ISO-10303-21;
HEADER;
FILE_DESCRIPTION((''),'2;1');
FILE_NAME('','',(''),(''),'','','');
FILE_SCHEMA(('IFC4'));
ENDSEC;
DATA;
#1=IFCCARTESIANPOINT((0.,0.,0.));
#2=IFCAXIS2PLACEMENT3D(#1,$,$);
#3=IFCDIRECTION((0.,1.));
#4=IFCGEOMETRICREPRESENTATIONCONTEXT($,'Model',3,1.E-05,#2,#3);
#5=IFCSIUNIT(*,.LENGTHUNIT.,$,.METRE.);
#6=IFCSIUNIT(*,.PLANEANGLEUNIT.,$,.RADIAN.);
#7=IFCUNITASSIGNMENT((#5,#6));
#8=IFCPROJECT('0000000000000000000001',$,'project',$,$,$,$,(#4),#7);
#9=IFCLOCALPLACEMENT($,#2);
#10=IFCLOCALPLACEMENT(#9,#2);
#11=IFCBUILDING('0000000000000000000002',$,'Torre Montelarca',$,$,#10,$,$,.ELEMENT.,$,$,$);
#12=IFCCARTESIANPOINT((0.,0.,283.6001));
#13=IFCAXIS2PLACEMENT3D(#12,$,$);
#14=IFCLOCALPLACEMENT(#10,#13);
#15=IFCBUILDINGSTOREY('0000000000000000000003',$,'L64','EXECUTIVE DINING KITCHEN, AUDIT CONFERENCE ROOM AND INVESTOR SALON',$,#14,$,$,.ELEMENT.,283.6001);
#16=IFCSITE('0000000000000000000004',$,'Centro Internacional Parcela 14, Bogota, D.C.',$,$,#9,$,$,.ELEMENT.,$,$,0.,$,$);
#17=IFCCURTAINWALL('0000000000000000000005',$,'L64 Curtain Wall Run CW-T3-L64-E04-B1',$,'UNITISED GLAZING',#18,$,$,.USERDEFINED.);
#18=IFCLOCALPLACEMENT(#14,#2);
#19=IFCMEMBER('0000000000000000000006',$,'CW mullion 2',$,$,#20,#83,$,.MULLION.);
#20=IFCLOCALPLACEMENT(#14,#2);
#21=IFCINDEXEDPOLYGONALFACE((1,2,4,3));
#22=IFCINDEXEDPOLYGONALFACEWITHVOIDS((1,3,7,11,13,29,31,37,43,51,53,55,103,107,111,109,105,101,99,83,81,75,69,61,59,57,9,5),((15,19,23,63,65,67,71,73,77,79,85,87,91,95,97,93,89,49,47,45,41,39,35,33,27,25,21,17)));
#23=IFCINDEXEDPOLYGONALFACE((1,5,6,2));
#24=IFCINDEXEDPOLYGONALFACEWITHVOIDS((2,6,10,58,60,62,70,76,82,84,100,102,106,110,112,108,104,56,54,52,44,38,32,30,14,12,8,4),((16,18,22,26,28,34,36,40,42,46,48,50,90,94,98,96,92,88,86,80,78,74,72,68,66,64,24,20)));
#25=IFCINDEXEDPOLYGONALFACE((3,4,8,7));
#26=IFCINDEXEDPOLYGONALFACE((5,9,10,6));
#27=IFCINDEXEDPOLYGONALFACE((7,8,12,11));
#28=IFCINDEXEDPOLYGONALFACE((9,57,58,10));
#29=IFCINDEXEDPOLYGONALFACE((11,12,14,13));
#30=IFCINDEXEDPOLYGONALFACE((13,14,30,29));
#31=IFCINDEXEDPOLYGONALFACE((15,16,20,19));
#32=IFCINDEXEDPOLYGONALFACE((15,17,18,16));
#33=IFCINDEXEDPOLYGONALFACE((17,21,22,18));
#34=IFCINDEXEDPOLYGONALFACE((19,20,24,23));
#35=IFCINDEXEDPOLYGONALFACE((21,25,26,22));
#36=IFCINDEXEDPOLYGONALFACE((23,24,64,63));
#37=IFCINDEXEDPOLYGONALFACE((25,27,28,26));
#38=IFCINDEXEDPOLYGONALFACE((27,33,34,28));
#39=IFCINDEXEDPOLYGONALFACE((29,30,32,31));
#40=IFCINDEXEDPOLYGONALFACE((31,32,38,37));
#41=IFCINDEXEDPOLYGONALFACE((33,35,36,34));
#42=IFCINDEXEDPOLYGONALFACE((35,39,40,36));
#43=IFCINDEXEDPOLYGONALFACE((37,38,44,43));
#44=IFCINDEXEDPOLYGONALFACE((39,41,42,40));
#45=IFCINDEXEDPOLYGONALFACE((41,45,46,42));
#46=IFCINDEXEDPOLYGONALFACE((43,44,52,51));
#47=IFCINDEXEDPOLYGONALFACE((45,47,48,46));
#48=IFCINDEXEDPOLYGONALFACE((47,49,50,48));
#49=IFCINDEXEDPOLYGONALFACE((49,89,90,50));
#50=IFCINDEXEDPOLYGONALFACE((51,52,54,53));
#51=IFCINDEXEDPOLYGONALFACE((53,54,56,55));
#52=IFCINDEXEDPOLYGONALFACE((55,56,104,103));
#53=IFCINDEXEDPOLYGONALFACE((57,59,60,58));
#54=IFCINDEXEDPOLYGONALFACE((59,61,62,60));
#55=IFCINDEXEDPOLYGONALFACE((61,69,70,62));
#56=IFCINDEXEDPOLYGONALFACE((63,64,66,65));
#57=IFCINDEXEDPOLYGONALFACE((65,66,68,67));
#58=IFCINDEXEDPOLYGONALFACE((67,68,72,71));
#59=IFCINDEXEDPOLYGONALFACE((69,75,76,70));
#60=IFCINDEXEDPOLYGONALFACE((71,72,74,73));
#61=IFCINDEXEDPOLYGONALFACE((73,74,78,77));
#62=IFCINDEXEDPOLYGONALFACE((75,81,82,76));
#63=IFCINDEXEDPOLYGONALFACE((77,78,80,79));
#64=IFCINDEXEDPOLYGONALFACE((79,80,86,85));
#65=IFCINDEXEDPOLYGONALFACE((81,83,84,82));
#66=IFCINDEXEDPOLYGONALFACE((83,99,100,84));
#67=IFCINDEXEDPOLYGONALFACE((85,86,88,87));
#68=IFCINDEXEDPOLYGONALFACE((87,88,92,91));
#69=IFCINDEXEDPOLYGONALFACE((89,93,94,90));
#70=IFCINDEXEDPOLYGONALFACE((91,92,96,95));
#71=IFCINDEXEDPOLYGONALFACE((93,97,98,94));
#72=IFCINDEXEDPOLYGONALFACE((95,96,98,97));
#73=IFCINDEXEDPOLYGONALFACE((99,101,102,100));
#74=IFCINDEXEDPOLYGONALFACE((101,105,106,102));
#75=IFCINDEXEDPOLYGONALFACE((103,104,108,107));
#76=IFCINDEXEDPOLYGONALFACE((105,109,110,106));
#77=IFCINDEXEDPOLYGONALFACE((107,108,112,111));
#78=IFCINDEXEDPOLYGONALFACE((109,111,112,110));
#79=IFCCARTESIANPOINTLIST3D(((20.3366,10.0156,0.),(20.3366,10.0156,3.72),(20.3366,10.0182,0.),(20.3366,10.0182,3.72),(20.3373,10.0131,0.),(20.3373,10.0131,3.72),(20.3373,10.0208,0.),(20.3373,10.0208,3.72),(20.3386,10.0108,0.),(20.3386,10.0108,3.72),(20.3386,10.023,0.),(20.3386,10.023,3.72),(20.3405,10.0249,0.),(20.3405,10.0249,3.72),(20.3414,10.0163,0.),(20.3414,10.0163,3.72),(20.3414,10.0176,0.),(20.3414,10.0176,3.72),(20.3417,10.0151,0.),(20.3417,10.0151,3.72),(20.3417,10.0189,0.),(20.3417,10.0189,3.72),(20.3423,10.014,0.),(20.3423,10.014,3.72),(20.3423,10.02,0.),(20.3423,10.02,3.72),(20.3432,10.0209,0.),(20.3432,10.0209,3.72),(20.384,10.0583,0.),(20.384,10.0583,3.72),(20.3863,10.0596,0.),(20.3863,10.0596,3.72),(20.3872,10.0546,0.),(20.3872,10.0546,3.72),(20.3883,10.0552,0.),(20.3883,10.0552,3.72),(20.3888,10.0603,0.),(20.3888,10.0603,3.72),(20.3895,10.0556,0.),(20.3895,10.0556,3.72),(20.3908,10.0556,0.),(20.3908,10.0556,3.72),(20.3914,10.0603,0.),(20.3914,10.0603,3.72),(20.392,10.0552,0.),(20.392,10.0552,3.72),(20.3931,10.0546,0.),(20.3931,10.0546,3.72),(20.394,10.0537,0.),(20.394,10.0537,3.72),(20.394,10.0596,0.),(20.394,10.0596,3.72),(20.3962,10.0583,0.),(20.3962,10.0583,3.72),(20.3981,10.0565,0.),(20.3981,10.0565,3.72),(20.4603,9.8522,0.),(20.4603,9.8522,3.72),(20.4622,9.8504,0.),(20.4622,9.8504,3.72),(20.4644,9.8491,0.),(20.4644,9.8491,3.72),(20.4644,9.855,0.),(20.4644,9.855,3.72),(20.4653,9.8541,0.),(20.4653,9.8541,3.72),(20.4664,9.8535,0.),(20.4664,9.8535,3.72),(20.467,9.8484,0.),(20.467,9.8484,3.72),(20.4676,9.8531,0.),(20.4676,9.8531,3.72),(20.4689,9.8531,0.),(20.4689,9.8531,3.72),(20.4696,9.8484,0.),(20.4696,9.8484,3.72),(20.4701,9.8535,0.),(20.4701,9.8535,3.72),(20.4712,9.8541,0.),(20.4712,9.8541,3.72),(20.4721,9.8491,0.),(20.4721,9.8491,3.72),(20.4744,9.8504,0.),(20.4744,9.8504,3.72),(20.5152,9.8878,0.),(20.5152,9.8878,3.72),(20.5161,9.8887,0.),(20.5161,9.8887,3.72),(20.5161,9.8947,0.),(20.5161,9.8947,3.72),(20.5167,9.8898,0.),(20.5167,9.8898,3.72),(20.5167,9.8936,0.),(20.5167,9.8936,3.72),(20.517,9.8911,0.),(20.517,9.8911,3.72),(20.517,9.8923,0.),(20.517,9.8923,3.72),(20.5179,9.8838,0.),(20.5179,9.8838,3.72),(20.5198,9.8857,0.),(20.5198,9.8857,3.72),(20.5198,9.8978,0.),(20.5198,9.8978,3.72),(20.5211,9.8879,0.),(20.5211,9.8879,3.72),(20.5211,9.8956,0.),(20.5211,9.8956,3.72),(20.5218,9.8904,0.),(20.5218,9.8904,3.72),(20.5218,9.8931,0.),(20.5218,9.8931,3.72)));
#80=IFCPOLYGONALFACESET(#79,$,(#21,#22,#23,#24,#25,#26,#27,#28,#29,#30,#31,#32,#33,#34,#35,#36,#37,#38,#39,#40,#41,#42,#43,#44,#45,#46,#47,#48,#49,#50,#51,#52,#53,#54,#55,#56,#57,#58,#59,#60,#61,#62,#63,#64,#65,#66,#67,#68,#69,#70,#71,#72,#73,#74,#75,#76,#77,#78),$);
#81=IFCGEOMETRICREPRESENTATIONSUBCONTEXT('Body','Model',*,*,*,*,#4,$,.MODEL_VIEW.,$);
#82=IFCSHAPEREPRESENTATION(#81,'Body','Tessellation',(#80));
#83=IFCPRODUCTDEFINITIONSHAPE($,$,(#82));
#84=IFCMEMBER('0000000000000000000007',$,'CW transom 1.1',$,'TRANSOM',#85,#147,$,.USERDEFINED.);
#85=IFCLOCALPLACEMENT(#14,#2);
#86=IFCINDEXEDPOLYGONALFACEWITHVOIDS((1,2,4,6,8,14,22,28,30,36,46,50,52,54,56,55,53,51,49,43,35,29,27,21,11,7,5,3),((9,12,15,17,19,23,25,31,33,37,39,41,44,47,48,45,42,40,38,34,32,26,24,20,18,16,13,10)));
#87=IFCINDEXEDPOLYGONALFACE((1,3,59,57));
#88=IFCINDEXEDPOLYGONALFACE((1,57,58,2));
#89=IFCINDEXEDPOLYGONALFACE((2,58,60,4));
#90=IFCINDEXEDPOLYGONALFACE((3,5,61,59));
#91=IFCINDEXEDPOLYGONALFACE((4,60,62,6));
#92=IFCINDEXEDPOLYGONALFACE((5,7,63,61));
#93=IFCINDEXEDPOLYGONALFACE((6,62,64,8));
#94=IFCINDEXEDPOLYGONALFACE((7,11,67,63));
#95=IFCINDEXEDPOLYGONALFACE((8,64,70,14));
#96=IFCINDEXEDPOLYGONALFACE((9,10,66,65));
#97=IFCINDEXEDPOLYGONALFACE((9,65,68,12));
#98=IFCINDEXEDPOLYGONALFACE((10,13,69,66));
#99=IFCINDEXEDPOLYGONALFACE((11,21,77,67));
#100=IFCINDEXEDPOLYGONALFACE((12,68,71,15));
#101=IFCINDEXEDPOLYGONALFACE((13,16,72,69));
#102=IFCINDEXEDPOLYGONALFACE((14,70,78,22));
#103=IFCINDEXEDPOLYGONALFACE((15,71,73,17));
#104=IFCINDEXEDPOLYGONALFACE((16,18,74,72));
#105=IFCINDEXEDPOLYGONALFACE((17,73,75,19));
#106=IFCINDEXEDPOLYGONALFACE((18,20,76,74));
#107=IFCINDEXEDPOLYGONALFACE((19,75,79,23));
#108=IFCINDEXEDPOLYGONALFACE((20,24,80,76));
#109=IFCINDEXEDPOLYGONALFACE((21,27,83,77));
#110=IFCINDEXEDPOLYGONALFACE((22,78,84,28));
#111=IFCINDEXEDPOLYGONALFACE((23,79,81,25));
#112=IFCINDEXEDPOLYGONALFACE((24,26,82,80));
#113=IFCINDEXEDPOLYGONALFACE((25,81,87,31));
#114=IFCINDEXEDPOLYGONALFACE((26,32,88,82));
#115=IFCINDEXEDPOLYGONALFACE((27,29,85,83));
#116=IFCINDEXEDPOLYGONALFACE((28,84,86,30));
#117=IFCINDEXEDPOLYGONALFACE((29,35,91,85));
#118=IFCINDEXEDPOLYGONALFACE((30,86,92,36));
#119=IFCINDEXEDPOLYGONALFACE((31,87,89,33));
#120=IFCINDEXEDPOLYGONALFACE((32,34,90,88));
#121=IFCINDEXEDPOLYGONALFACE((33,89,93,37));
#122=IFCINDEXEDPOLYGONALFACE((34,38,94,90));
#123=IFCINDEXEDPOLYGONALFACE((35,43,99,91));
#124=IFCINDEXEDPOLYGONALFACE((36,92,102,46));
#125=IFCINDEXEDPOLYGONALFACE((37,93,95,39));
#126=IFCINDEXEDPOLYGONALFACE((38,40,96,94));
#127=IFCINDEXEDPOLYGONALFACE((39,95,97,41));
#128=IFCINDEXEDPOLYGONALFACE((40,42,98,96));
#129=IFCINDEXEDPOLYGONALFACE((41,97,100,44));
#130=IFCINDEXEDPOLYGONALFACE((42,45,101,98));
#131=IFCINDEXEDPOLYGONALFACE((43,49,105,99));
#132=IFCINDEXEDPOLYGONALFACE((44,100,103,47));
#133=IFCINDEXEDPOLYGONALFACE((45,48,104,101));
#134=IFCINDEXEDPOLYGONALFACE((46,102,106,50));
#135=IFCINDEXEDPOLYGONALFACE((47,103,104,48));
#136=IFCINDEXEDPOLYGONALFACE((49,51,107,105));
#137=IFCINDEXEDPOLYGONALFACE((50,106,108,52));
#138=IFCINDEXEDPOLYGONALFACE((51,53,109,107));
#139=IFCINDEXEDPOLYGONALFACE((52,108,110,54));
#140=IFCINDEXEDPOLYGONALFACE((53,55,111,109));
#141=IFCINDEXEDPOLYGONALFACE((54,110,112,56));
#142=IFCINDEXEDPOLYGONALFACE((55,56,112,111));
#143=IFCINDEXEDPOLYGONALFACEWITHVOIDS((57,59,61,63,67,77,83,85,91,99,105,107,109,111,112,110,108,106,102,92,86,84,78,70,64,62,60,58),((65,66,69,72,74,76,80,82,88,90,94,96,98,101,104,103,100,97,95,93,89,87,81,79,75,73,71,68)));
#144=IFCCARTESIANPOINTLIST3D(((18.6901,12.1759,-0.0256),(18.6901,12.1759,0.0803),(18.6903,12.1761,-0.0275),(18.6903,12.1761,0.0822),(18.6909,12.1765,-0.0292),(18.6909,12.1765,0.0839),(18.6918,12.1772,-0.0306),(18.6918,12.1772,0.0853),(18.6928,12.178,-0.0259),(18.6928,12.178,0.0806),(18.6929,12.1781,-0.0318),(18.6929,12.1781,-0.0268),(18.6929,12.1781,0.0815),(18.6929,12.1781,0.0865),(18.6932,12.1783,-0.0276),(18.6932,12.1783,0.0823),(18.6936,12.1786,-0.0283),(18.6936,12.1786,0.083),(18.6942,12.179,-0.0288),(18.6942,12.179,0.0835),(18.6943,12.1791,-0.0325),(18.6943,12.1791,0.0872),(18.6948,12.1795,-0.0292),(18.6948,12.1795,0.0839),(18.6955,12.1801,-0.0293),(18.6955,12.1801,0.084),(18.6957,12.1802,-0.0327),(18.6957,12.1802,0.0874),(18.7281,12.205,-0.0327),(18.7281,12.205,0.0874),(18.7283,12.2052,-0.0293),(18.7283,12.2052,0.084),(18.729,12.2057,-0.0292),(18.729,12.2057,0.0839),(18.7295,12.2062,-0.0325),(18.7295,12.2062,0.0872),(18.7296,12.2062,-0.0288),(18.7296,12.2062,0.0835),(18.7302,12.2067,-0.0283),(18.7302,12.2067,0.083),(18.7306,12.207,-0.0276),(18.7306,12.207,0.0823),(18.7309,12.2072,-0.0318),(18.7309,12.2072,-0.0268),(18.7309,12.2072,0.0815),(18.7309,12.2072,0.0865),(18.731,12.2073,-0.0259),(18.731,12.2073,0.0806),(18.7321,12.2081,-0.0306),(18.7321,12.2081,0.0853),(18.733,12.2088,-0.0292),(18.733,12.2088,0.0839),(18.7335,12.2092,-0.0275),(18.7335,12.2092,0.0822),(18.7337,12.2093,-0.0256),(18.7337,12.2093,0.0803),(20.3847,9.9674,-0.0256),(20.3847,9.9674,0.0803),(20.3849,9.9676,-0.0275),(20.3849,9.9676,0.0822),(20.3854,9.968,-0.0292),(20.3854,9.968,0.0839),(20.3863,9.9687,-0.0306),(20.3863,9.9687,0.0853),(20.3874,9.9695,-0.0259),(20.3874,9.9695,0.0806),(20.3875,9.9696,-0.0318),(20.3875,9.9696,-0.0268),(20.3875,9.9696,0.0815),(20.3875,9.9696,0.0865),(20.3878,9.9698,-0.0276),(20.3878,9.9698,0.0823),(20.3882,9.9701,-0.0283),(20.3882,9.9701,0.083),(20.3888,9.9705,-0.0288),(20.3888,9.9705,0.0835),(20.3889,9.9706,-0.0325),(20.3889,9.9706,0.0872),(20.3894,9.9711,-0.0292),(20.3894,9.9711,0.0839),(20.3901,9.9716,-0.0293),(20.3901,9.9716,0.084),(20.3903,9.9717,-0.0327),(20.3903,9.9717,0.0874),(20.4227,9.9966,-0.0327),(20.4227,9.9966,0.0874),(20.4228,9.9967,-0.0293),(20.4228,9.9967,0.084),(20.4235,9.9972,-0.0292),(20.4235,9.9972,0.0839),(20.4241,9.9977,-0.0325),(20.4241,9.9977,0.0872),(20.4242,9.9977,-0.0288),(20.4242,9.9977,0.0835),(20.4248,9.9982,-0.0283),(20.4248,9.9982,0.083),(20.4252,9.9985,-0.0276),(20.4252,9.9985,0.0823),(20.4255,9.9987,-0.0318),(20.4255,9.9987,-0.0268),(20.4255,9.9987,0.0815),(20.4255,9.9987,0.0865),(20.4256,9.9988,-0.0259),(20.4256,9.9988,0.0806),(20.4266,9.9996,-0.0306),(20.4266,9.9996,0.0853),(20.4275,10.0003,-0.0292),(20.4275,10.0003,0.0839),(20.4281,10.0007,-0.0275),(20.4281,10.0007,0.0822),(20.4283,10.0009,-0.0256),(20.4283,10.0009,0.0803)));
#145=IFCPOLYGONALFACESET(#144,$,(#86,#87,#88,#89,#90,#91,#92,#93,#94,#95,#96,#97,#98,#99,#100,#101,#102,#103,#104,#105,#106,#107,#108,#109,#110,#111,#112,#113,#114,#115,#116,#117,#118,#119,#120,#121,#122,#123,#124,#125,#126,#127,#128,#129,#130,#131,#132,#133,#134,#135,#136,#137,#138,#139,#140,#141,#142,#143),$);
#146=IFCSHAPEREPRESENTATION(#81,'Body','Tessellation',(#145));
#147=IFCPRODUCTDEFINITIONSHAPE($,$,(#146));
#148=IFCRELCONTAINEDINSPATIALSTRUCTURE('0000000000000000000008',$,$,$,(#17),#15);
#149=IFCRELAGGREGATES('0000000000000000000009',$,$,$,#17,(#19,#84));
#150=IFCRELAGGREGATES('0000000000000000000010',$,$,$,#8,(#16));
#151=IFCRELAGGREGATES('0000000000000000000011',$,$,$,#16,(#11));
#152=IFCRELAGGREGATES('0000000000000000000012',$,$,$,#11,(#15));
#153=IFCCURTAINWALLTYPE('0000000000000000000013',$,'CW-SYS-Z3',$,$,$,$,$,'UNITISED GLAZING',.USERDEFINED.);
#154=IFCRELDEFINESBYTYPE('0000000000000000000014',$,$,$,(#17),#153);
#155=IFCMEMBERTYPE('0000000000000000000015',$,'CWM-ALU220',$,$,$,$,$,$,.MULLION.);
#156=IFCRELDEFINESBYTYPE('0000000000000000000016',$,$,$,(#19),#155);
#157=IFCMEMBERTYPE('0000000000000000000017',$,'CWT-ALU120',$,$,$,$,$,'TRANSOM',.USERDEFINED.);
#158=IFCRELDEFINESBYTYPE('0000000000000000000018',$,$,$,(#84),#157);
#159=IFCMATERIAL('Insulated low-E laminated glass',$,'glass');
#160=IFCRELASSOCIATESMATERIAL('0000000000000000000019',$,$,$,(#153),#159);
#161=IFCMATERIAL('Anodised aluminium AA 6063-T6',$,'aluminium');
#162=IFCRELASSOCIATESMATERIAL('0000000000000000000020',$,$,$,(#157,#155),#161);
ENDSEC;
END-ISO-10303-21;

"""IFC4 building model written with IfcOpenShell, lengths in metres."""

from ifc_helpers import new_model, si_unit, direction, frame, origin, origin_2d, place, context, subcontext, project, spatial, hollow_rectangle, extrude, source, transform, mapped, material, material_profile, profile_set, type_object, element, aggregate, save


model = new_model("IFC4")

# Units and contexts
model_context = context("Model", 3, precision=1e-05, world=origin(), true_north=direction((0.0, 1.0)))
body_context = subcontext(model_context, "Body", "Model", "MODEL_VIEW")
ifc_project = project(units=[si_unit("LENGTHUNIT", "METRE"), si_unit("PLANEANGLEUNIT", "RADIAN")], contexts=[model_context])

# Site, building, storey
site_placement = place(None, origin())
site = spatial("IfcSite", under=ifc_project, at=site_placement, Name="Centro Internacional Parcela 14, Bogota, D.C.", CompositionType="ELEMENT", RefElevation=0.0)
building_placement = place(site_placement, origin())
building = spatial("IfcBuilding", under=site, at=building_placement, Name="Torre Montelarca", CompositionType="ELEMENT")
storey_placement = place(building_placement, frame((0.0, 0.0, 283.6001)))
storey = spatial("IfcBuildingStorey", under=building, at=storey_placement, Name="L64", Description="EXECUTIVE DINING KITCHEN, AUDIT CONFERENCE ROOM AND INVESTOR SALON", CompositionType="ELEMENT", Elevation=283.6001)

# Curtain wall, members
ifc_material_1 = material(Name="Insulated low-E laminated glass", Category="glass")
curtain_wall_type = type_object("IfcCurtainWallType", Name="CW-SYS-Z3", ElementType="UNITISED GLAZING", PredefinedType="USERDEFINED", material=ifc_material_1)
ifc_material_2 = material(Name="Anodised aluminium AA 6063-T6", Category="aluminium")
ifc_material_profile_1 = material_profile(ifc_material_2, hollow_rectangle(XDim=0.0549, YDim=0.1201, WallThickness=0.0034, InnerFilletRadius=0.0034, OuterFilletRadius=0.0071, at=origin_2d()), Name="ALU55X120X3.5", Category="aluminium")
ifc_profile_set_1 = profile_set([ifc_material_profile_1], Name="Anodised aluminium AA 6063-T6")
member_type_1 = type_object("IfcMemberType", Name="CWT-ALU120", ElementType="TRANSOM", PredefinedType="USERDEFINED", material=ifc_profile_set_1)
ifc_material_profile_2 = material_profile(ifc_material_2, hollow_rectangle(XDim=0.075, YDim=0.22, WallThickness=0.0049, InnerFilletRadius=0.0049, OuterFilletRadius=0.01, at=origin_2d()), Name="ALU75X220X5", Category="aluminium")
ifc_profile_set_2 = profile_set([ifc_material_profile_2], Name="Anodised aluminium AA 6063-T6")
member_type_2 = type_object("IfcMemberType", Name="CWM-ALU220", PredefinedType="MULLION", material=ifc_profile_set_2)
shared_shape_1 = source(origin(), body_context, "Body", "SweptSolid", [
    extrude(hollow_rectangle(XDim=0.075, YDim=0.22, WallThickness=0.0049, InnerFilletRadius=0.0049, OuterFilletRadius=0.01, at=origin_2d()), origin(), (0.0, 0.0, 1.0), 3.72),
])
curtain_wall_1_placement = place(storey_placement, origin())
curtain_wall_1 = element("IfcCurtainWall", 1, at=curtain_wall_1_placement, inside=storey, type_object=curtain_wall_type, Name="L64 Curtain Wall Run CW-T3-L64-E04-B1", ObjectType="UNITISED GLAZING", PredefinedType="USERDEFINED")
member_1_placement = place(storey_placement, frame((20.4292, 9.9543, 0.0), z_axis=(0.0, 0.0, 1.0), x_axis=(0.793353, 0.608762, 0.0)))
member_1 = element("IfcMember", 2, at=member_1_placement, type_object=member_type_2, Name="CW mullion 2", PredefinedType="MULLION", context=body_context, shape_type="MappedRepresentation", body=[
    mapped(shared_shape_1, transform((0.0, 0.0, 0.0), scale=1.0)),
])
shared_shape_2 = source(origin(), body_context, "Body", "SweptSolid", [
    extrude(hollow_rectangle(XDim=0.0549, YDim=0.1201, WallThickness=0.0034, InnerFilletRadius=0.0034, OuterFilletRadius=0.0071, at=origin_2d()), origin(), (0.0, 0.0, 1.0), 2.7837),
])
member_2_placement = place(storey_placement, frame((18.7119, 12.1926, 0.0273), z_axis=(0.608748, -0.793364, 0.0), x_axis=(0.793364, 0.608748, 0.0)))
member_2 = element("IfcMember", 3, at=member_2_placement, type_object=member_type_1, Name="CW transom 1.1", ObjectType="TRANSOM", PredefinedType="USERDEFINED", context=body_context, shape_type="MappedRepresentation", body=[
    mapped(shared_shape_2, transform((0.0, 0.0, 0.0), scale=1.0)),
])

aggregate(curtain_wall_1, [member_1, member_2])

save(model, "model.ifc")
